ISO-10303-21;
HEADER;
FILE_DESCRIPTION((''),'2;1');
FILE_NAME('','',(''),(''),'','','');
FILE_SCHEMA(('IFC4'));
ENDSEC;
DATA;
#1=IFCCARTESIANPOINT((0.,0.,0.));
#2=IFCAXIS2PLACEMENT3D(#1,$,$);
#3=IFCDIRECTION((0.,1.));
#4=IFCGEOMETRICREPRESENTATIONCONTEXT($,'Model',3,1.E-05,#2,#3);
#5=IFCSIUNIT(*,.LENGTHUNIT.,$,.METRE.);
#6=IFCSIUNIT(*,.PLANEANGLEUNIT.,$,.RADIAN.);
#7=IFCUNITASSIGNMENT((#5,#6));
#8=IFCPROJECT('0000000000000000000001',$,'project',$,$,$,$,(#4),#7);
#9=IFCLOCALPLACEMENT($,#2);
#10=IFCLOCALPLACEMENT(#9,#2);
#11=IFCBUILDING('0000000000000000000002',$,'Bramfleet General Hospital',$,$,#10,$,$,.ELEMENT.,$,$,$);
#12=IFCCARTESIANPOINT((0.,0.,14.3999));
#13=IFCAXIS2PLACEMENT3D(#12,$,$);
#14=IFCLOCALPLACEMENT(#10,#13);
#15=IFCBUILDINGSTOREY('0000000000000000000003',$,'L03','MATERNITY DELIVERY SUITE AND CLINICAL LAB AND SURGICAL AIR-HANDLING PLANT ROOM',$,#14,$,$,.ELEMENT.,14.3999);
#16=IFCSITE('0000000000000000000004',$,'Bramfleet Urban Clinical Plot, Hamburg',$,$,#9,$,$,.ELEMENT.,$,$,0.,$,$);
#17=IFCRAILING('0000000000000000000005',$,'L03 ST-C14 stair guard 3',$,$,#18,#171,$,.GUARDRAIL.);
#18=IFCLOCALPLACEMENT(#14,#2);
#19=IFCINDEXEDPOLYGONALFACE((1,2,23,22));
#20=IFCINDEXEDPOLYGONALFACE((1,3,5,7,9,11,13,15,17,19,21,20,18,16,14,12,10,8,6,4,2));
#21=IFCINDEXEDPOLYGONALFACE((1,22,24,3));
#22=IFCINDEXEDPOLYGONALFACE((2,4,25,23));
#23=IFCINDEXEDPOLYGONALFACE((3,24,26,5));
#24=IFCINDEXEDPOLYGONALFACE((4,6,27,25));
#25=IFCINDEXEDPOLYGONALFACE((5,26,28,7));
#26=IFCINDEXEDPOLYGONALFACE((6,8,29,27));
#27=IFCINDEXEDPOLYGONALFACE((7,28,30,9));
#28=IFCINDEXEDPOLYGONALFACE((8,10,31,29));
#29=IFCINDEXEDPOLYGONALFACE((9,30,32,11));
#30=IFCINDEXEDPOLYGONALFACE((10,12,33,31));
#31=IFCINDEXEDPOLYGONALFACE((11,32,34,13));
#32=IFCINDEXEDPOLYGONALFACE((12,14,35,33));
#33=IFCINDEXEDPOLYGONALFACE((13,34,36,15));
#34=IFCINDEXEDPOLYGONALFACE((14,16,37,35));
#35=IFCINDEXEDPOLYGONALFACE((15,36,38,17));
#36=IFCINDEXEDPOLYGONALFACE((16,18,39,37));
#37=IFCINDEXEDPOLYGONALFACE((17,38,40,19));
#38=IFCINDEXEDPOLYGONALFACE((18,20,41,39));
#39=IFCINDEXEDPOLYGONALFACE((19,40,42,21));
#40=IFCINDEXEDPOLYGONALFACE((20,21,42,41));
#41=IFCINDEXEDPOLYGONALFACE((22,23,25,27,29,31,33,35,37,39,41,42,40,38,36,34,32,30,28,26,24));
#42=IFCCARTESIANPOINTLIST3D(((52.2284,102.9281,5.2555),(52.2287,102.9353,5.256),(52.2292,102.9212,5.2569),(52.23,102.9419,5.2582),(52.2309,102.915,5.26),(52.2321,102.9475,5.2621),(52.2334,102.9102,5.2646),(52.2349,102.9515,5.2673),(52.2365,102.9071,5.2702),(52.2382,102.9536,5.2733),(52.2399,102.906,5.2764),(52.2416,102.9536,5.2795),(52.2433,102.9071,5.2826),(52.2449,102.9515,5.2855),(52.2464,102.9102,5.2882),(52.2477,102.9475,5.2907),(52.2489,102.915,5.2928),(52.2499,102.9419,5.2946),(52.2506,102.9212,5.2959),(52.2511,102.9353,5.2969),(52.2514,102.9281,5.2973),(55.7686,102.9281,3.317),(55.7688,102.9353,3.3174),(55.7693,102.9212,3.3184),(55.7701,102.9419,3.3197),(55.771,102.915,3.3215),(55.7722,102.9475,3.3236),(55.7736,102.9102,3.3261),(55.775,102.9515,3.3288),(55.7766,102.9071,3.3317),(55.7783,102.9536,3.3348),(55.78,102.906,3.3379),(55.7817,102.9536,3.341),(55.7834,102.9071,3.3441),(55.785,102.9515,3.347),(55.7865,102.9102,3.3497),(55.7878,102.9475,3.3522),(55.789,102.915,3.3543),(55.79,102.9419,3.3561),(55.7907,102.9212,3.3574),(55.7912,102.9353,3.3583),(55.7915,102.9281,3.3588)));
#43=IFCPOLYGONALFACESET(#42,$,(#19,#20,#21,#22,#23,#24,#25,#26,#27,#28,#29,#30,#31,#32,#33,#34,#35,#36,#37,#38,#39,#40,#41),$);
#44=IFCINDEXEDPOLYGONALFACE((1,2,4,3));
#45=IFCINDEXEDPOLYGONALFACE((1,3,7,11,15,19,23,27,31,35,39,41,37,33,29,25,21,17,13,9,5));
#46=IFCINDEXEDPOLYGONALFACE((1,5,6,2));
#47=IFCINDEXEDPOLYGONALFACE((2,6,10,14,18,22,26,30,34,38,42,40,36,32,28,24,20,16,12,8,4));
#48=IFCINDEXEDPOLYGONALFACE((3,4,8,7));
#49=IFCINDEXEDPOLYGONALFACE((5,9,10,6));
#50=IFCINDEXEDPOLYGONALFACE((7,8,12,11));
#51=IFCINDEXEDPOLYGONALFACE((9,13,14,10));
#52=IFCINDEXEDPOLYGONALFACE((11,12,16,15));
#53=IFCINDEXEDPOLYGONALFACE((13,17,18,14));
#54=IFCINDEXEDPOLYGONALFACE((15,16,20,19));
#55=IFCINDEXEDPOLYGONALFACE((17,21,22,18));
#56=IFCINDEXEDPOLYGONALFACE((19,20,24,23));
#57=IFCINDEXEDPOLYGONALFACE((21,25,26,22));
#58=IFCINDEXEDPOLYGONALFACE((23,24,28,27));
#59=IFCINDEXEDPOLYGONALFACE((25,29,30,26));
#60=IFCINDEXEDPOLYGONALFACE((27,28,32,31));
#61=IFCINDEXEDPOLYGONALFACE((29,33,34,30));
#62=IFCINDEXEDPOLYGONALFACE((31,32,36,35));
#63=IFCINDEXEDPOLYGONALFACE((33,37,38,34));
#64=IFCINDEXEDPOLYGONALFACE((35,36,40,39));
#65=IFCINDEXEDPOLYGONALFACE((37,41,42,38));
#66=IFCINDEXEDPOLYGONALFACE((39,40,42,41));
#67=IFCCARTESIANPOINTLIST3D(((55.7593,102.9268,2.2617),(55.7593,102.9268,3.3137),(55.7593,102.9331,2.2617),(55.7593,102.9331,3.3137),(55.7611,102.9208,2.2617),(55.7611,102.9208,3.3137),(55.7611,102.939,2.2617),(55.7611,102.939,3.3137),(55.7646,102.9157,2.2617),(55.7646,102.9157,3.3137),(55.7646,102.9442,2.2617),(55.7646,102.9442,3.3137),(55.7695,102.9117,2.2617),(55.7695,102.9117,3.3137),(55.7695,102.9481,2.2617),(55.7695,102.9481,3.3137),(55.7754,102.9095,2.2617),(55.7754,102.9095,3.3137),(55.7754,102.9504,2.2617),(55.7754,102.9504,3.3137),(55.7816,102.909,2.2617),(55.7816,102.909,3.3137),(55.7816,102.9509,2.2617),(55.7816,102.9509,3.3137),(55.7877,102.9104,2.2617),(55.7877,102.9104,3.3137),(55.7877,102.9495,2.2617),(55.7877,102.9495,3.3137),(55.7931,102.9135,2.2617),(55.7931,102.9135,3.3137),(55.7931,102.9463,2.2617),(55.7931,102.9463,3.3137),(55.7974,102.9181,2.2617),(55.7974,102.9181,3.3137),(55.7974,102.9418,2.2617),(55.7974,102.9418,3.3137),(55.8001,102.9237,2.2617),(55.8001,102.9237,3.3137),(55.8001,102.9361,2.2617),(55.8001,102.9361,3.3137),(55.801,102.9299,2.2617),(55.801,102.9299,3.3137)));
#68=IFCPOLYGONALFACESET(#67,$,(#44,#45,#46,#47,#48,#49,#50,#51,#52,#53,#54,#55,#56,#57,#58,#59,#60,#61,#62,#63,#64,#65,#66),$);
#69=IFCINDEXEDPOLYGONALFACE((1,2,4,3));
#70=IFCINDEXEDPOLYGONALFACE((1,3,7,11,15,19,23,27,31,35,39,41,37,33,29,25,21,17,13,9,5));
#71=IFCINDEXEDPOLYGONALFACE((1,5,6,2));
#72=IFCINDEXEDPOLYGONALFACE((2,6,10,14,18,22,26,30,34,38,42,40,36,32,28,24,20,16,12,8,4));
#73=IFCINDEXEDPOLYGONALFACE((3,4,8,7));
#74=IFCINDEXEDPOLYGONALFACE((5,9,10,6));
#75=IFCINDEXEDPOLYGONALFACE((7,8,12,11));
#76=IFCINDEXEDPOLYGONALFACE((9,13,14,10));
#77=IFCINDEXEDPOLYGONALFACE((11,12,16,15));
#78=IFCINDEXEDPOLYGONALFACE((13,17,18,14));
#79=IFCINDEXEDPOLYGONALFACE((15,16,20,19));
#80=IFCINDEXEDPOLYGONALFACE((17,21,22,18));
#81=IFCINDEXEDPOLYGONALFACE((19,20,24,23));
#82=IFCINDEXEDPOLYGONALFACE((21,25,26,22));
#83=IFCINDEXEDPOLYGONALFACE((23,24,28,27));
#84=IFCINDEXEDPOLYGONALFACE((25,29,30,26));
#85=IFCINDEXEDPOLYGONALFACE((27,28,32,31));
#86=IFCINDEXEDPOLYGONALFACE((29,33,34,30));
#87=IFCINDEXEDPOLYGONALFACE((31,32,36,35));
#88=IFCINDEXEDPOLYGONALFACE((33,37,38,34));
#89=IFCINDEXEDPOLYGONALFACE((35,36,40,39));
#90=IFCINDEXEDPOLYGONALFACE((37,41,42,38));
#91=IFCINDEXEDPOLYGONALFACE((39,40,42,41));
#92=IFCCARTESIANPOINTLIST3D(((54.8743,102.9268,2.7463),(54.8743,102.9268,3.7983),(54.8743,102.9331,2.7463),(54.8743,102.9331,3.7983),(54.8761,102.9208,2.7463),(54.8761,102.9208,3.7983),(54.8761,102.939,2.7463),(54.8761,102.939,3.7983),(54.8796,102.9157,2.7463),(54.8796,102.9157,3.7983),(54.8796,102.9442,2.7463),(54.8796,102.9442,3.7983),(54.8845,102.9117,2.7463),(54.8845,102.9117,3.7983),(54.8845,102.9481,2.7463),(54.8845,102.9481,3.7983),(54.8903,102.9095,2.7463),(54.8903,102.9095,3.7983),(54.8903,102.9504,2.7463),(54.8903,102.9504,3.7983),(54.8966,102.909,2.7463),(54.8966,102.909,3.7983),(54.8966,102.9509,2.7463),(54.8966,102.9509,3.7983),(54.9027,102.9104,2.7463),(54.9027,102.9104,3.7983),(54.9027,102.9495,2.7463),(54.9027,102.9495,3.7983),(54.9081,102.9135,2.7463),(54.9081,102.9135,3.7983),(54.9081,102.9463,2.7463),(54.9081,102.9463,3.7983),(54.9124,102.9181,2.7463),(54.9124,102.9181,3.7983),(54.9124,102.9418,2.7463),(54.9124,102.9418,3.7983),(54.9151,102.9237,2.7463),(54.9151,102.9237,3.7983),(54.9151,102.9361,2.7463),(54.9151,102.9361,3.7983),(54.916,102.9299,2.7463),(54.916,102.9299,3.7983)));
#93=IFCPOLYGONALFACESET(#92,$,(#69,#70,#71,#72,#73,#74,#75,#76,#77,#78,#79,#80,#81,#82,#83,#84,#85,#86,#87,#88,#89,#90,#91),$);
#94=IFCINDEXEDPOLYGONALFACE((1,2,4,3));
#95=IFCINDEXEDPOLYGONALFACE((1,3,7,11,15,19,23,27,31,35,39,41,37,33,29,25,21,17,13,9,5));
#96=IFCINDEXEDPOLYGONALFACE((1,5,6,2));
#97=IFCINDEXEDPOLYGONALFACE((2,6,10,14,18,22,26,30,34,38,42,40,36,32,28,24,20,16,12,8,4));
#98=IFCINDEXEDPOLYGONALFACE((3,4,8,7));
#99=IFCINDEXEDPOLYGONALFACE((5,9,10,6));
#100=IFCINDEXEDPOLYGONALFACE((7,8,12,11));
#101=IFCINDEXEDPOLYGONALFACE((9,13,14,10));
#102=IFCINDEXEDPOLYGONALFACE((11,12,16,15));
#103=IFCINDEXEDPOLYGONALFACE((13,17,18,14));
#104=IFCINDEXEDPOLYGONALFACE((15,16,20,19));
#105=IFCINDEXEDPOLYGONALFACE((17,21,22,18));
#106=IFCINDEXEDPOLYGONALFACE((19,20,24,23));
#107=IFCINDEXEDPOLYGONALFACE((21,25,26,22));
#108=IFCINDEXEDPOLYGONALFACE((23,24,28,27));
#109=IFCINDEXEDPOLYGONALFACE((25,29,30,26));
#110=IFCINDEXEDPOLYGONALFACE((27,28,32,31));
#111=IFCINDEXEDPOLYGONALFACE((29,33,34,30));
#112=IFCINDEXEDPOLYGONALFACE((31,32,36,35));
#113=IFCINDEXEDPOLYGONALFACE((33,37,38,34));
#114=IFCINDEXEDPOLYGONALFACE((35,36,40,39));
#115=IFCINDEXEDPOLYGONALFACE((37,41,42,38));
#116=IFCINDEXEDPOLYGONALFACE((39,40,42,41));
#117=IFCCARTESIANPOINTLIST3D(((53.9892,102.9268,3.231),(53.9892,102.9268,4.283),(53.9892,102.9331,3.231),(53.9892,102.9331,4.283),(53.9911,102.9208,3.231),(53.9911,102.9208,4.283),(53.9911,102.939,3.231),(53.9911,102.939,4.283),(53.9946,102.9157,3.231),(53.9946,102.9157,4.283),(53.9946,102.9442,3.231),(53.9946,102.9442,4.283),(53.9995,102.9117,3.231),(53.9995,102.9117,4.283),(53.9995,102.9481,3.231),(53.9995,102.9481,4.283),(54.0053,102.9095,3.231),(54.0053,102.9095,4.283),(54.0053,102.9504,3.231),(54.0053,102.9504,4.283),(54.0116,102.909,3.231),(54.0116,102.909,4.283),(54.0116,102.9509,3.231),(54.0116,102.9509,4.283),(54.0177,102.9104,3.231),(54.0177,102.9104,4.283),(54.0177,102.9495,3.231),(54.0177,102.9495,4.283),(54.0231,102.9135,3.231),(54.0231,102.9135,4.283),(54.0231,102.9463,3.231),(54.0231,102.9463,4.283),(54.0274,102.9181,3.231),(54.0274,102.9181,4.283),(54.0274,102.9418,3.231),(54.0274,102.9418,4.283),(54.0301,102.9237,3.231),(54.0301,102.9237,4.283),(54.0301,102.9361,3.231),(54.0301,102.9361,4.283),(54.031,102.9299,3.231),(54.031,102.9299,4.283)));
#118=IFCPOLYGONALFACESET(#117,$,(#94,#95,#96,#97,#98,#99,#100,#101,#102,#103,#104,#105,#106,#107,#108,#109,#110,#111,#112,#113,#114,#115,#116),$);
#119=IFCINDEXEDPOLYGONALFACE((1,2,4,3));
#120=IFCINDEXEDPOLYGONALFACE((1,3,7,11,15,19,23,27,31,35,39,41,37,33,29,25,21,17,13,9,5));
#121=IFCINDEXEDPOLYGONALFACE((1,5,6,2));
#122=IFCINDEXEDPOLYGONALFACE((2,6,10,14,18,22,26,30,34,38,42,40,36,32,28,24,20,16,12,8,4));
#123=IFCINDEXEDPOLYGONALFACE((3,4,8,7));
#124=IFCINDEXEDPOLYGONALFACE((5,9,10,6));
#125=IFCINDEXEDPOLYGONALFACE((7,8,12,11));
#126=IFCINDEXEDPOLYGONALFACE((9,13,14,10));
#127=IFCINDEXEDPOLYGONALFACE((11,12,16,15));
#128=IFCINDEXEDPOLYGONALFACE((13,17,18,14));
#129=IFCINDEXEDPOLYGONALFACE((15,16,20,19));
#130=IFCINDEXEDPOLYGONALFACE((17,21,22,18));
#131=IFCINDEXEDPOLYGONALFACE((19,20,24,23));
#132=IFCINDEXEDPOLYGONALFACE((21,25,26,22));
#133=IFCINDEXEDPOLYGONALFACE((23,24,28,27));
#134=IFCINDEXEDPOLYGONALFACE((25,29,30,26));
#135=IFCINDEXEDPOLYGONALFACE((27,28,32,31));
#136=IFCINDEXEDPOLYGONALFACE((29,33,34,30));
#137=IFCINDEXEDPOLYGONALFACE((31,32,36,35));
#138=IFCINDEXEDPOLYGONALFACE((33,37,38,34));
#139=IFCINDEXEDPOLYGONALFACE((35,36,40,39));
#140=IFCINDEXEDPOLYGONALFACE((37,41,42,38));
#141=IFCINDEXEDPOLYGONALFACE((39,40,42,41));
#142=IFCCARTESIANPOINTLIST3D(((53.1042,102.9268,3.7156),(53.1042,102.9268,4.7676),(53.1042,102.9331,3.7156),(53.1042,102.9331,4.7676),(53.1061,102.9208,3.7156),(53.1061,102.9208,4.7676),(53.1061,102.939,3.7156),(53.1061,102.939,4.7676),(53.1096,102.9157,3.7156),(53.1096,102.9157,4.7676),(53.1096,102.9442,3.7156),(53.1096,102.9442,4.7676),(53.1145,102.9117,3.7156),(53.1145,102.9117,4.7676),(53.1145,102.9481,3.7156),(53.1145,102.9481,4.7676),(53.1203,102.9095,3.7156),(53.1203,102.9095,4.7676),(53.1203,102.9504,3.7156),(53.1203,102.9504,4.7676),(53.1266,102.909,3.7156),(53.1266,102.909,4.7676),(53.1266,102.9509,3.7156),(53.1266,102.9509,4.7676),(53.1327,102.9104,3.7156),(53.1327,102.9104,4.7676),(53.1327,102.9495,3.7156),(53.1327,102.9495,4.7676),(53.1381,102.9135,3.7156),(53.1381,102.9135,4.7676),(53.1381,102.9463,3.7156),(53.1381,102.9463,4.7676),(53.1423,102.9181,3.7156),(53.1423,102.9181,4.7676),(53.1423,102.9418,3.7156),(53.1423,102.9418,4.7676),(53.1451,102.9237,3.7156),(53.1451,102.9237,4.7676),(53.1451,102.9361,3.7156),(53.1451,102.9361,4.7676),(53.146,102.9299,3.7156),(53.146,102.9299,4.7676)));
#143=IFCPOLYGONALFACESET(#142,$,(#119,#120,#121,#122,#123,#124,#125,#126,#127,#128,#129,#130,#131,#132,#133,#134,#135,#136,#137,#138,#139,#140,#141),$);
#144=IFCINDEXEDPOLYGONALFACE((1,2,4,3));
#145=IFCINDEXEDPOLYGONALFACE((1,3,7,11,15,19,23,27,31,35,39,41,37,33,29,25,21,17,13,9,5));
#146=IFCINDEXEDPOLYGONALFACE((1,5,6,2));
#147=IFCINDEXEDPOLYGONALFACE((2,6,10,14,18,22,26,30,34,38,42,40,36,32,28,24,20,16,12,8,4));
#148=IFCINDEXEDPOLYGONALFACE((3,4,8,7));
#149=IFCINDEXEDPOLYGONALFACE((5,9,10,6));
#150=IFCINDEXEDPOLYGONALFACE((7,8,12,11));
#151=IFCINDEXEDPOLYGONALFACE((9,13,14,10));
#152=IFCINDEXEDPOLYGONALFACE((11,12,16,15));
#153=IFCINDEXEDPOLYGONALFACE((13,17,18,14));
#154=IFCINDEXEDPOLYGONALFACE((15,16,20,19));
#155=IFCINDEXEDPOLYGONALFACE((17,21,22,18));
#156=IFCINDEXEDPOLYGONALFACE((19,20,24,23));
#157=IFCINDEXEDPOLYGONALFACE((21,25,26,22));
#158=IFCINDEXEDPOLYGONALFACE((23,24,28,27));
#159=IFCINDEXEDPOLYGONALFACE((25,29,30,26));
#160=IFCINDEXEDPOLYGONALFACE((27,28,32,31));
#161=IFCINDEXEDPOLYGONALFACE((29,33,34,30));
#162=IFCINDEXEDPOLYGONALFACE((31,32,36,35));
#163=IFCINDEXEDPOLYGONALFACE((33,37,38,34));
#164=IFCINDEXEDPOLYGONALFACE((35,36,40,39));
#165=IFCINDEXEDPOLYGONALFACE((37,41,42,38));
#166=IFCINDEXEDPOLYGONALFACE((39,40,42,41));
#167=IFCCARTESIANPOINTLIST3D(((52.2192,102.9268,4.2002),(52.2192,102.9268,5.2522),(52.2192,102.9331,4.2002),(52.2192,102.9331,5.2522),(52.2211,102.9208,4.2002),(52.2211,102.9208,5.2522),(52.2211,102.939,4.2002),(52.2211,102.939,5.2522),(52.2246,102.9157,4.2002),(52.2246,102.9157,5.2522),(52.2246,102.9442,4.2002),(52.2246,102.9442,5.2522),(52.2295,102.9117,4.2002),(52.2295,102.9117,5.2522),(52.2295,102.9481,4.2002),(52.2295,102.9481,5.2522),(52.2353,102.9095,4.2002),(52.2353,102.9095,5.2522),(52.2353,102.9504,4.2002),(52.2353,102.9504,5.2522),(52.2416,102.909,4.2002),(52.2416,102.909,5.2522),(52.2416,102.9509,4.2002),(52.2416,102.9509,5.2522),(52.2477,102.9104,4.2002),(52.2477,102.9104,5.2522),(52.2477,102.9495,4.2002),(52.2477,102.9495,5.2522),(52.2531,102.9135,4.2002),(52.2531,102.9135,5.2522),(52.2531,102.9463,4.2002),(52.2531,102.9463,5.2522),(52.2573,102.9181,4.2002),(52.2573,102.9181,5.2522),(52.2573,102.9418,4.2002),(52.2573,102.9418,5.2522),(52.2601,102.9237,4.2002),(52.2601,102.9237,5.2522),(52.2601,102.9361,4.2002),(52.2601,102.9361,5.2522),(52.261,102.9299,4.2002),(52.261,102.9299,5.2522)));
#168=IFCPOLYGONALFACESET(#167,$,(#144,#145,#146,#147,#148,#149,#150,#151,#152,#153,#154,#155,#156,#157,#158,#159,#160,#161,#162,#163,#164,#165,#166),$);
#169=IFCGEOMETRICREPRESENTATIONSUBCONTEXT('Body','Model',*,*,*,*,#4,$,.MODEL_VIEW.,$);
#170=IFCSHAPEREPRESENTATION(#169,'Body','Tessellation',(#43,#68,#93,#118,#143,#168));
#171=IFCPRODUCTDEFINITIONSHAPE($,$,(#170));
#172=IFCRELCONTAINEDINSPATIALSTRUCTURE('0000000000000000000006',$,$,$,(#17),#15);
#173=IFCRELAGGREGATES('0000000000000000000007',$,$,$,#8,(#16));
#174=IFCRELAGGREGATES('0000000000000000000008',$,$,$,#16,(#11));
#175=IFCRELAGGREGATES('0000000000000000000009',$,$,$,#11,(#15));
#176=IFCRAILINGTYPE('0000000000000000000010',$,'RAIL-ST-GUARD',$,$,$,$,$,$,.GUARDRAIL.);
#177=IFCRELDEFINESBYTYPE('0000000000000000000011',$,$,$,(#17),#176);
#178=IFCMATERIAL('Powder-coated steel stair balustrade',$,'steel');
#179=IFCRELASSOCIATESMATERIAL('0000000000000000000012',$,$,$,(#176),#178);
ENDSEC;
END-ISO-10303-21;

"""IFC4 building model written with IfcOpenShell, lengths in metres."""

from ifc_helpers import new_model, si_unit, direction, frame, origin, origin_2d, place, context, subcontext, project, spatial, circle, extrude, material, type_object, element, save


model = new_model("IFC4")

# Units and contexts
model_context = context("Model", 3, precision=1e-05, world=origin(), true_north=direction((0.0, 1.0)))
body_context = subcontext(model_context, "Body", "Model", "MODEL_VIEW")
ifc_project = project(units=[si_unit("LENGTHUNIT", "METRE"), si_unit("PLANEANGLEUNIT", "RADIAN")], contexts=[model_context])

# Site, building, storey
site_placement = place(None, origin())
site = spatial("IfcSite", under=ifc_project, at=site_placement, Name="Bramfleet Urban Clinical Plot, Hamburg", CompositionType="ELEMENT", RefElevation=0.0)
building_placement = place(site_placement, origin())
building = spatial("IfcBuilding", under=site, at=building_placement, Name="Bramfleet General Hospital", CompositionType="ELEMENT")
storey_placement = place(building_placement, frame((0.0, 0.0, 14.3999)))
storey = spatial("IfcBuildingStorey", under=building, at=storey_placement, Name="L03", Description="MATERNITY DELIVERY SUITE AND CLINICAL LAB AND SURGICAL AIR-HANDLING PLANT ROOM", CompositionType="ELEMENT", Elevation=14.3999)

# Railing
ifc_material_1 = material(Name="Powder-coated steel stair balustrade", Category="steel")
railing_type_1 = type_object("IfcRailingType", Name="RAIL-ST-GUARD", PredefinedType="GUARDRAIL", material=ifc_material_1)
railing_1_placement = place(storey_placement, frame((55.78, 102.9299, 2.2617)))
element("IfcRailing", 1, at=railing_1_placement, inside=storey, type_object=railing_type_1, Name="L03 ST-C14 stair guard 3", PredefinedType="GUARDRAIL", context=body_context, shape_type="SweptSolid", body=[
    extrude(circle(Radius=0.0239, at=origin_2d()), frame((0.0, 0.0, 1.0762), z_axis=(-0.877108, 0.0, 0.480292), x_axis=(0.0, -1.0, 0.0)), (0.0, 0.0, 1.0), 4.0361),
    extrude(circle(Radius=0.021, at=origin_2d()), origin(), (0.0, 0.0, 1.0), 1.052),
    extrude(circle(Radius=0.021, at=origin_2d()), frame((-0.885, 0.0, 0.4846)), (0.0, 0.0, 1.0), 1.052),
    extrude(circle(Radius=0.021, at=origin_2d()), frame((-1.77, 0.0, 0.9692)), (0.0, 0.0, 1.0), 1.052),
    extrude(circle(Radius=0.021, at=origin_2d()), frame((-2.655, 0.0, 1.4539)), (0.0, 0.0, 1.0), 1.052),
    extrude(circle(Radius=0.021, at=origin_2d()), frame((-3.54, 0.0, 1.9385)), (0.0, 0.0, 1.0), 1.052),
])

save(model, "model.ifc")
